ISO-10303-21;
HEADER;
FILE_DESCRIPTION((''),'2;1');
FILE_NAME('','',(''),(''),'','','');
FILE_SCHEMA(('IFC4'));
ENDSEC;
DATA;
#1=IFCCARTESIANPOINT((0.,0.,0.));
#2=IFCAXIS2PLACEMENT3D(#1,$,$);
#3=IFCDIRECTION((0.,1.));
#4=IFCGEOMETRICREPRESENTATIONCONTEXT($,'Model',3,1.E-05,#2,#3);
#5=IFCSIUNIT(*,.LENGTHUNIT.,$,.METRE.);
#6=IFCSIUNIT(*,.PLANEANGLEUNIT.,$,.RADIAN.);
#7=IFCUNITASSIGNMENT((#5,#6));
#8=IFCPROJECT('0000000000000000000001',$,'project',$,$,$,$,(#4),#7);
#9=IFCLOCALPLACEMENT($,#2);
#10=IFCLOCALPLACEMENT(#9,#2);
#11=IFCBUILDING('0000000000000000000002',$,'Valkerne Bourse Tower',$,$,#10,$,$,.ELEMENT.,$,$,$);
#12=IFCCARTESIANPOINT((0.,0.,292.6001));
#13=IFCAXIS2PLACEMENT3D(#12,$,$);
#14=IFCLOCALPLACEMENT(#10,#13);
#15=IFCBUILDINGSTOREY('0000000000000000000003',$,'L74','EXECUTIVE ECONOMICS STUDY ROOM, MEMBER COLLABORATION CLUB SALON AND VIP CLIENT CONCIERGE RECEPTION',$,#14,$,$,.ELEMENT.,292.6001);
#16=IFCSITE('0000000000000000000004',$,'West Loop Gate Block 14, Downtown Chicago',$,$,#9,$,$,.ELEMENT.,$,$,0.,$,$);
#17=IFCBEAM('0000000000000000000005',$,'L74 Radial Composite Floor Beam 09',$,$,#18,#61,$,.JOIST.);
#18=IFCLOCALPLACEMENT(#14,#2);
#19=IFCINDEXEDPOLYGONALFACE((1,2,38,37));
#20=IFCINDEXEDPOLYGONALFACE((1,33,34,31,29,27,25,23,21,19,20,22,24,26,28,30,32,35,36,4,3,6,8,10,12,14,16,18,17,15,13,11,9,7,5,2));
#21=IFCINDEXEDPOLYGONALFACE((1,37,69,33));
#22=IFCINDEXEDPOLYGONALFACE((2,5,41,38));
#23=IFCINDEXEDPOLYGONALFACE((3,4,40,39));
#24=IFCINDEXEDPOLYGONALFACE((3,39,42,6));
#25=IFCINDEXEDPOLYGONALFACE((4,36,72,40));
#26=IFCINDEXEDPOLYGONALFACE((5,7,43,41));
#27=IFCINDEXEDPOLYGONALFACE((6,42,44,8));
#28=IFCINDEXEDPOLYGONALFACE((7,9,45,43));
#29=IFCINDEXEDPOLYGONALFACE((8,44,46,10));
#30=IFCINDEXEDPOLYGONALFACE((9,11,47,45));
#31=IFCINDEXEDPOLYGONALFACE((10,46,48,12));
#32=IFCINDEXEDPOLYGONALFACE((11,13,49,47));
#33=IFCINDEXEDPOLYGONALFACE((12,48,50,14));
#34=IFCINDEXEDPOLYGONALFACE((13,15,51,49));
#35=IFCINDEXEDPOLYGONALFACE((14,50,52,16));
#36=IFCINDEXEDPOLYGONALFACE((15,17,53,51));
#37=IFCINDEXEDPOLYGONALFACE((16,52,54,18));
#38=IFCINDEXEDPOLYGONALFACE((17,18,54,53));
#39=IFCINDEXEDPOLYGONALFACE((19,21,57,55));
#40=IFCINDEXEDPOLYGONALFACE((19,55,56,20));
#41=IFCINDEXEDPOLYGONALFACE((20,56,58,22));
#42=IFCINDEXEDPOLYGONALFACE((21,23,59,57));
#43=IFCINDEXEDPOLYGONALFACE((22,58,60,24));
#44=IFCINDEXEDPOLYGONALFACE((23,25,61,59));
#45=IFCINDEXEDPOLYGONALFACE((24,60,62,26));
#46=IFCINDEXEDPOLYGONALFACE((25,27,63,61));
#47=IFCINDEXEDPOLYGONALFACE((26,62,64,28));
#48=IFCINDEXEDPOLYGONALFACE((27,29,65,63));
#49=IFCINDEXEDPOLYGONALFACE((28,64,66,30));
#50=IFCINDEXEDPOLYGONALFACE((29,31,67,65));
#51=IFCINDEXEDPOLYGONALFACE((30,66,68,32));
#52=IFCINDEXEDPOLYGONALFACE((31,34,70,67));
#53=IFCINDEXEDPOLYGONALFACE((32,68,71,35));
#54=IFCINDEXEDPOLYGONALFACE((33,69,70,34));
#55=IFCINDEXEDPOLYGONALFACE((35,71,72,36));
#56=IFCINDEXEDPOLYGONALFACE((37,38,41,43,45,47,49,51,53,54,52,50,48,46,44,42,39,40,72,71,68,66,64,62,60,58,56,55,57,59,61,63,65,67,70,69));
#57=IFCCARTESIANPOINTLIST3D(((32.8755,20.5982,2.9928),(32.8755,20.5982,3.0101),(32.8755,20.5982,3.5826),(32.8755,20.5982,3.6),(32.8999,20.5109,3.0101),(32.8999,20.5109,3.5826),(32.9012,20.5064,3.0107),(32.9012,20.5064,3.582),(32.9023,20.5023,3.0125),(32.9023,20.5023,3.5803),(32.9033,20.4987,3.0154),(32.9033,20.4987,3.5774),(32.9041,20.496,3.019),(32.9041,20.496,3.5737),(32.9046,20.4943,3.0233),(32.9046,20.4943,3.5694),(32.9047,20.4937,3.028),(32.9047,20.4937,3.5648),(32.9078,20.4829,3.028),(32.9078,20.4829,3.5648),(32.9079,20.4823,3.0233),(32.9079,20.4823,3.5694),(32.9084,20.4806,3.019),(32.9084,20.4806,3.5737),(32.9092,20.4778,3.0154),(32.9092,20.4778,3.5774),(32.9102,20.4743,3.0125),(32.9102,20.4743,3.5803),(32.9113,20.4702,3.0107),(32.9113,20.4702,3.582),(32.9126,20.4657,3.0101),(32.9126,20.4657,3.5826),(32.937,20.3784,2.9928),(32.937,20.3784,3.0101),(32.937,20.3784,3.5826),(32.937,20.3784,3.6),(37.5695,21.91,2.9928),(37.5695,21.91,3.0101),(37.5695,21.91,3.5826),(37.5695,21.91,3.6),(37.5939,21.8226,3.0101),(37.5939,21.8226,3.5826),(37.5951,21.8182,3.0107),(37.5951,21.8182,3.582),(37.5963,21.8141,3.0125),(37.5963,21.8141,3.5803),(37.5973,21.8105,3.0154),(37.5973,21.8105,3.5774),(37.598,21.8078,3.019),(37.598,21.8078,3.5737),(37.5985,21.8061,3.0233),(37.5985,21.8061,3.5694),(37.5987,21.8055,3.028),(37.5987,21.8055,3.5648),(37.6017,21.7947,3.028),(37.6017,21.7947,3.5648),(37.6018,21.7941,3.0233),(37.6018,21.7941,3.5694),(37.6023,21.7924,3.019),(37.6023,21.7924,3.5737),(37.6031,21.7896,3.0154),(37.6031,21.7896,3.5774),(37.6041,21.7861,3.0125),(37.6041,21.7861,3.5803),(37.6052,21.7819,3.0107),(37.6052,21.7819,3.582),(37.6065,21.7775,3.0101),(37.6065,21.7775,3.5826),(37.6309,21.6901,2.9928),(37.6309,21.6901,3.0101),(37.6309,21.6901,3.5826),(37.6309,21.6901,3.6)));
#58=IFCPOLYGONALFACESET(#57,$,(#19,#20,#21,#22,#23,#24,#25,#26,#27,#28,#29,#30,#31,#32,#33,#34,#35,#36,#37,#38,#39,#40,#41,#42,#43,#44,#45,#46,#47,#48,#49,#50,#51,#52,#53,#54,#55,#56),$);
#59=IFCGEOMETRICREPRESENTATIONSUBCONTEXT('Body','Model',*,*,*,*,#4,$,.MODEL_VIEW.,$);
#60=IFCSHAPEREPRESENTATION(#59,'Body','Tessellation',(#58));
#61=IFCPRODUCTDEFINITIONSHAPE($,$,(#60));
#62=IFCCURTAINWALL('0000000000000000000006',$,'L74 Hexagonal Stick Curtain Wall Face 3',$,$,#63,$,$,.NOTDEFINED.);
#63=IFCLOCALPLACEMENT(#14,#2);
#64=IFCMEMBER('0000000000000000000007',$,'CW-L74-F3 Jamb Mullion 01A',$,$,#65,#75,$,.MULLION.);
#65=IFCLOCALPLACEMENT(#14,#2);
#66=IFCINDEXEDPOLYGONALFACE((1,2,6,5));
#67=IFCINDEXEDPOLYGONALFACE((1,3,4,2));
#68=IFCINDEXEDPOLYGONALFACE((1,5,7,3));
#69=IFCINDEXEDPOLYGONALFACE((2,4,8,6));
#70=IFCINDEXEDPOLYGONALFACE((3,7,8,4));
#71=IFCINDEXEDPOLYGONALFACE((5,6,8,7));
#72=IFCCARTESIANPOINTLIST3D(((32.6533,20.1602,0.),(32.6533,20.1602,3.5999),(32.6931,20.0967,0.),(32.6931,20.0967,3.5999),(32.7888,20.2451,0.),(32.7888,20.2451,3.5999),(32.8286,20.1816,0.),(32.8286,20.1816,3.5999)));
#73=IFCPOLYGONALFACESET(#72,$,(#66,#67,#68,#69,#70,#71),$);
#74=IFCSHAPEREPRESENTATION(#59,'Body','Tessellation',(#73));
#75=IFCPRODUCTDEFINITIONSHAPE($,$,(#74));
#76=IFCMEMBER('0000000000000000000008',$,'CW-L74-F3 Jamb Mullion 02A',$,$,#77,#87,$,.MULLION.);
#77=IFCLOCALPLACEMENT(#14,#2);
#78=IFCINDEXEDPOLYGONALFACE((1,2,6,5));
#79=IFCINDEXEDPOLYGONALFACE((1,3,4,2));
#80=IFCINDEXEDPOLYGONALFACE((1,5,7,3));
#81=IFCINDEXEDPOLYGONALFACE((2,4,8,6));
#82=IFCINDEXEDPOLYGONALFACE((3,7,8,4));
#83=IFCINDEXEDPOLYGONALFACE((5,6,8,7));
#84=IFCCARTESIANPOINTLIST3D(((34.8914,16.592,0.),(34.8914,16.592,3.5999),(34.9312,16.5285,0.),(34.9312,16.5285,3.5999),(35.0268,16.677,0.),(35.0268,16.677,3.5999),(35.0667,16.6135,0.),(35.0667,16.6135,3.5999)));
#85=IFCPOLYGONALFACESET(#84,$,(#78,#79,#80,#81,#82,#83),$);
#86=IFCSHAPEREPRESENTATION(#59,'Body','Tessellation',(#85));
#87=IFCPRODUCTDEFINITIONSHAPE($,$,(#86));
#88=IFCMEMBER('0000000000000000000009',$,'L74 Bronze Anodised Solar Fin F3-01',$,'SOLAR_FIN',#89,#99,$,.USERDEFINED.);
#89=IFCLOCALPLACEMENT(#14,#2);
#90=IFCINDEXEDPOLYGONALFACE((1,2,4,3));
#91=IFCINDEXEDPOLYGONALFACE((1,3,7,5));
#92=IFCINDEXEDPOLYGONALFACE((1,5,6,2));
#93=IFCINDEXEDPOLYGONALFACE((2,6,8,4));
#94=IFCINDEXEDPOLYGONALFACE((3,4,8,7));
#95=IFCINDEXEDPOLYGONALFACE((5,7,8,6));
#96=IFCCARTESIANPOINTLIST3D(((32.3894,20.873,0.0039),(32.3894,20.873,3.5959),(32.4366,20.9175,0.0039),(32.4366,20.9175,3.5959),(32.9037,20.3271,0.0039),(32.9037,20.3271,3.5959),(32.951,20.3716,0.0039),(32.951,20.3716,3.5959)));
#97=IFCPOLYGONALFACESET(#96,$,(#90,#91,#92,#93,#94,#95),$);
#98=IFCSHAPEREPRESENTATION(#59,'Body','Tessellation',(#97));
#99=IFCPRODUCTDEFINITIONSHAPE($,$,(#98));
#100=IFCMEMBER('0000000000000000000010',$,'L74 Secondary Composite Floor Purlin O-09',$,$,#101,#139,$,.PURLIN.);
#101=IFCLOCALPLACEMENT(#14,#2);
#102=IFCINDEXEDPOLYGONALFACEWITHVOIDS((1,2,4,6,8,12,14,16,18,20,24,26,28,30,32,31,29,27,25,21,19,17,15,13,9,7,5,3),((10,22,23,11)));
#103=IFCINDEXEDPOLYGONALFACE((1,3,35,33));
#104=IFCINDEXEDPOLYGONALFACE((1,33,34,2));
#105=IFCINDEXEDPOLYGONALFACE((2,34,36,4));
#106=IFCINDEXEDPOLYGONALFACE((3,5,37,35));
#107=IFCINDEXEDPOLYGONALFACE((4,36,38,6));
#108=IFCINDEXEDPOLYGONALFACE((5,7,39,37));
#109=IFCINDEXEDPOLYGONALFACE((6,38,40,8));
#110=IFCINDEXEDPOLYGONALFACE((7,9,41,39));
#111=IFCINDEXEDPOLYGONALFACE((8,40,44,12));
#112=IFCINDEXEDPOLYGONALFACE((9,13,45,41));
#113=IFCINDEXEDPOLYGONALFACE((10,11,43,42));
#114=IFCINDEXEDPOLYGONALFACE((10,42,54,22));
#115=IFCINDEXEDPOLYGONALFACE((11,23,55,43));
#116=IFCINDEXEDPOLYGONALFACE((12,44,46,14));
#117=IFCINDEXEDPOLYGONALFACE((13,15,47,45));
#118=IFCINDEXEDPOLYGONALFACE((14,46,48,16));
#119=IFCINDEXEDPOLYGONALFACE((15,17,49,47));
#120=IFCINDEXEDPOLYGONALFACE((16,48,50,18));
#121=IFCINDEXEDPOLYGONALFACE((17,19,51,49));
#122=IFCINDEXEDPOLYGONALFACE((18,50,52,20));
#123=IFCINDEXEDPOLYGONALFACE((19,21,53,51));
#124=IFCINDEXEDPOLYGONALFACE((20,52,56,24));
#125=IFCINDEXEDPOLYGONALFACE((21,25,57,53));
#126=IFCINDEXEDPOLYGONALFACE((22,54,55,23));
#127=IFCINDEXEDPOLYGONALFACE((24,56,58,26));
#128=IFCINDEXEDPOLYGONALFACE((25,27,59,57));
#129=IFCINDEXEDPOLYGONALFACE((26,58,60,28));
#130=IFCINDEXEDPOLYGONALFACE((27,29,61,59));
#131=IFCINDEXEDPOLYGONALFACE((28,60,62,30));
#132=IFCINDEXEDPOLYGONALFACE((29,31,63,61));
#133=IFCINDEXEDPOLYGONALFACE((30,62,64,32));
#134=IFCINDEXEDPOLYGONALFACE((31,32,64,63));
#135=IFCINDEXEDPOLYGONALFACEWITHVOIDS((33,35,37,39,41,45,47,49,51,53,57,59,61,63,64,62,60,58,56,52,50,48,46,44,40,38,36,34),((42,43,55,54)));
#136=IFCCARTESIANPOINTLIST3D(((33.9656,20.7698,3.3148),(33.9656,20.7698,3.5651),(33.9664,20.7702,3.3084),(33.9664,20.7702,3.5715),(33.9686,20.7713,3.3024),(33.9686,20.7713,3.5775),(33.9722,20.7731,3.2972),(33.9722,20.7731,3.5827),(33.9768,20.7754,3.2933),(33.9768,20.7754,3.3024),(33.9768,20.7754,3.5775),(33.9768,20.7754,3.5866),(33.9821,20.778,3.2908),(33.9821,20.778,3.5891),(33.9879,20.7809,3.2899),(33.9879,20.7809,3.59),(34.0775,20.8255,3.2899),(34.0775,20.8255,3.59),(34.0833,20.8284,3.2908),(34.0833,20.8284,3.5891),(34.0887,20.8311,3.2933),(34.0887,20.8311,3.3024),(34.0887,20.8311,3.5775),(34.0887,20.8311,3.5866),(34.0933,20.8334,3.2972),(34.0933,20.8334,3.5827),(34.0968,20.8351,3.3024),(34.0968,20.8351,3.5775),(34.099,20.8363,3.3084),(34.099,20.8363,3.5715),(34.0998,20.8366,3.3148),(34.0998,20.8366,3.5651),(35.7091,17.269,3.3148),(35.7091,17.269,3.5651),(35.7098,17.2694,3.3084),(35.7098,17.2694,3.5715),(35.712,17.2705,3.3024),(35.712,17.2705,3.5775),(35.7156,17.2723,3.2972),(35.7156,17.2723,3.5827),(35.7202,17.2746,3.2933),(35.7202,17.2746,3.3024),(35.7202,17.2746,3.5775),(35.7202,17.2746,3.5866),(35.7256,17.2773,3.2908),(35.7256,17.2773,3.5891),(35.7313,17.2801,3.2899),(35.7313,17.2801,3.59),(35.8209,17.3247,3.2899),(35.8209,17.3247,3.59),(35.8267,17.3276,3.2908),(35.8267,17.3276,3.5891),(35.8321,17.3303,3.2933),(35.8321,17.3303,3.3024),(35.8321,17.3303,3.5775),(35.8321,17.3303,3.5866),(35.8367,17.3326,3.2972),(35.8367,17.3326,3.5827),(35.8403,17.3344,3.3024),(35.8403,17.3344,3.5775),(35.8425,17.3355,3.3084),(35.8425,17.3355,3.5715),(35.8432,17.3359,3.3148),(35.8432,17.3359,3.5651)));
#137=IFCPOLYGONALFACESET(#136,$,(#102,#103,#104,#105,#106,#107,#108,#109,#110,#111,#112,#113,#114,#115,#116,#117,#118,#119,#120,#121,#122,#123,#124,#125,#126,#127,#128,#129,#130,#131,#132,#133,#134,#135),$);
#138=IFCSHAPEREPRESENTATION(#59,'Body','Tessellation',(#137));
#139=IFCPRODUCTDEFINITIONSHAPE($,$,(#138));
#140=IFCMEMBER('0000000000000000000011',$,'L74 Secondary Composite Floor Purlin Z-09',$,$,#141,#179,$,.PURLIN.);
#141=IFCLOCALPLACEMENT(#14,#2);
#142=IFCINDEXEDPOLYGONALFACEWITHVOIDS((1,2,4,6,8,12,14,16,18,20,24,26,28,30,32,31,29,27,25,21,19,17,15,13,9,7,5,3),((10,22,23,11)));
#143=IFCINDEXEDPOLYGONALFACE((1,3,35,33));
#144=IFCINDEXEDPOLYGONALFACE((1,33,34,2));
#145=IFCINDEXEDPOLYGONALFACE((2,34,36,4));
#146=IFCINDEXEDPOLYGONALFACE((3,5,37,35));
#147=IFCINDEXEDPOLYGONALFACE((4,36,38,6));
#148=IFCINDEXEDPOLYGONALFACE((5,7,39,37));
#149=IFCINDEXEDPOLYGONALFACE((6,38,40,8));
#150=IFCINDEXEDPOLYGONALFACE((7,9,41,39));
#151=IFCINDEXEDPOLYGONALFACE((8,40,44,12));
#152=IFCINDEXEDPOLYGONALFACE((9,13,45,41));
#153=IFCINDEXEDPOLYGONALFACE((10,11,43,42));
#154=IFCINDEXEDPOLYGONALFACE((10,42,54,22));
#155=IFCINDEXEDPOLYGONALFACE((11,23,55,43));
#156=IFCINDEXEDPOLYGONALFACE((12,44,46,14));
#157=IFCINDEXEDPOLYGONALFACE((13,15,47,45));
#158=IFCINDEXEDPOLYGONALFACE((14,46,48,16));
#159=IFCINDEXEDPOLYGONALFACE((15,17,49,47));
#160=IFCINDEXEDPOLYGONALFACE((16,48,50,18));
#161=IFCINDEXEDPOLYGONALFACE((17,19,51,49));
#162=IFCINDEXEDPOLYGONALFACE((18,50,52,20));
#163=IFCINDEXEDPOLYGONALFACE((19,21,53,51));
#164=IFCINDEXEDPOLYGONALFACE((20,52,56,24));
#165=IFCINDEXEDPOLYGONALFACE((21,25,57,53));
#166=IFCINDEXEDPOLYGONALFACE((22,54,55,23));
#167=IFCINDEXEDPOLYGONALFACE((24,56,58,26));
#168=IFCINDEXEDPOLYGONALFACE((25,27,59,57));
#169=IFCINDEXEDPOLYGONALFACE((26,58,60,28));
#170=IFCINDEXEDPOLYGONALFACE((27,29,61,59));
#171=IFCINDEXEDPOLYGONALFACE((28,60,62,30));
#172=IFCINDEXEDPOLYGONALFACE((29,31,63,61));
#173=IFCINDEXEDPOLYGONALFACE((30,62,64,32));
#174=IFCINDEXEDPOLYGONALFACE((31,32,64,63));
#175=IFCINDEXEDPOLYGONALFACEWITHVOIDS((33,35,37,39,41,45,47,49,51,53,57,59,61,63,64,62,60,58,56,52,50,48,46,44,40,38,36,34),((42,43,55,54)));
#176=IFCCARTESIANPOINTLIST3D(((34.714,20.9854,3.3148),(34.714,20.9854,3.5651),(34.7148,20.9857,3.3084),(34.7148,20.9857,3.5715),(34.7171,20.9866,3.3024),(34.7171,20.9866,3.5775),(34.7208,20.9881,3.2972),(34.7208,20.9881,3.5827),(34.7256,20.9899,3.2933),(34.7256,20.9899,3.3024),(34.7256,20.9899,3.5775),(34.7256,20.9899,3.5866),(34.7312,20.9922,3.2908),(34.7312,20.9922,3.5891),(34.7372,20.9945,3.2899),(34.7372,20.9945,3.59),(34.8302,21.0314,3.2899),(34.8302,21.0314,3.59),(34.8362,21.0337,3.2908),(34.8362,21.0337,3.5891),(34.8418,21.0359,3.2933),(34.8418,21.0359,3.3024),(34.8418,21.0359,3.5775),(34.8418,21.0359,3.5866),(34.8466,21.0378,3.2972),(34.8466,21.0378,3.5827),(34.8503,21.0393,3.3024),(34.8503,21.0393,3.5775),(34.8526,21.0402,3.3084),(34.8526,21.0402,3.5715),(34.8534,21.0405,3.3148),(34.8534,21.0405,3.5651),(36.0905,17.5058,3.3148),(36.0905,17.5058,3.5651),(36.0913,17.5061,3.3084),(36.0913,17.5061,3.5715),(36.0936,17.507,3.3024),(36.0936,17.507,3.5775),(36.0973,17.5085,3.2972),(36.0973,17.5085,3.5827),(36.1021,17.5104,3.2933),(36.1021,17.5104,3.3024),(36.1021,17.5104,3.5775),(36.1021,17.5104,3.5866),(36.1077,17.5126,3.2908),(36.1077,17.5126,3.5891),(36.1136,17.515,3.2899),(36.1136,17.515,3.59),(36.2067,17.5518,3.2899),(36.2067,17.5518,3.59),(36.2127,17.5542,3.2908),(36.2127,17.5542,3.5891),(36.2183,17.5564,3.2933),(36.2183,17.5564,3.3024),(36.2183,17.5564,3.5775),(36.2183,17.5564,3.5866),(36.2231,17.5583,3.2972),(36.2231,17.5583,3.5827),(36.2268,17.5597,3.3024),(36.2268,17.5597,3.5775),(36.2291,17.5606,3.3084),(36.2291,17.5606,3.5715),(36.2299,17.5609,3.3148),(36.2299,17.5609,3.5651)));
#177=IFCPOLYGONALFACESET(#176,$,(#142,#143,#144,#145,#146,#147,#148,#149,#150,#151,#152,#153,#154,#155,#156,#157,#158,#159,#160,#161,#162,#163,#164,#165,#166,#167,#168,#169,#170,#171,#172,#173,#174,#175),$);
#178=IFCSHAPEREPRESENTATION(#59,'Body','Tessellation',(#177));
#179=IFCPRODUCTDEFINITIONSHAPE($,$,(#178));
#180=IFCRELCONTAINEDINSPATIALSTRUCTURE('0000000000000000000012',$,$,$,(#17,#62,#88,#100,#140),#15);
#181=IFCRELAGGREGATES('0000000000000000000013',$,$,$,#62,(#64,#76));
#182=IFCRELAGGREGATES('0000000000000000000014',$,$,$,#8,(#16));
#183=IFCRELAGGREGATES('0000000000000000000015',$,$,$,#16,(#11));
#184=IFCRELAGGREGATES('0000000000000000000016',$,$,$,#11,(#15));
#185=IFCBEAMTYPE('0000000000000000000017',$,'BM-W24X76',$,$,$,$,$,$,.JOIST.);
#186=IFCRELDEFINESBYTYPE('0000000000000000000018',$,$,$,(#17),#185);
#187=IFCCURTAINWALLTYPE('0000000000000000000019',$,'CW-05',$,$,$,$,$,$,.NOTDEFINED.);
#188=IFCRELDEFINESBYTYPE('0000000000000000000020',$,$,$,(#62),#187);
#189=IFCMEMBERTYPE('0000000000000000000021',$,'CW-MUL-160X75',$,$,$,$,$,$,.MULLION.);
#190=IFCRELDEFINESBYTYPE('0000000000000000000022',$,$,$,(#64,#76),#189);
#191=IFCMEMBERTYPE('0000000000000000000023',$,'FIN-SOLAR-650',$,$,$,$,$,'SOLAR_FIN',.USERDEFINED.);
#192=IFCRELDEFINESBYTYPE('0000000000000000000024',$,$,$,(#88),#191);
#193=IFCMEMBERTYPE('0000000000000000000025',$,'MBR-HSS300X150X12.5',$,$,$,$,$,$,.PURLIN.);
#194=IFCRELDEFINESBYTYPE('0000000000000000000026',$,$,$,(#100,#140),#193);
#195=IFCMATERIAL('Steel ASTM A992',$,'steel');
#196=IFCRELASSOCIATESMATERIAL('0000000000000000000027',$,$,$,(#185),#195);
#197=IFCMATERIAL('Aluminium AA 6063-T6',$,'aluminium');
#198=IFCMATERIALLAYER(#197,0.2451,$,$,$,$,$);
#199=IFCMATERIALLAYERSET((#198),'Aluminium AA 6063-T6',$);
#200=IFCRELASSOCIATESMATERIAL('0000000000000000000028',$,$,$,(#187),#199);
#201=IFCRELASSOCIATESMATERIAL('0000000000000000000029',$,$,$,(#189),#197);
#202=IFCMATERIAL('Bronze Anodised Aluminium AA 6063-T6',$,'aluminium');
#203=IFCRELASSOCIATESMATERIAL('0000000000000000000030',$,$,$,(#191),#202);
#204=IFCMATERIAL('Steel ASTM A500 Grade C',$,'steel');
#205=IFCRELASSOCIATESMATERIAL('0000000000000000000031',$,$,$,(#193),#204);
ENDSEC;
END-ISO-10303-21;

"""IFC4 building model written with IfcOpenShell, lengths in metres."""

from ifc_helpers import new_model, si_unit, direction, frame, origin, origin_2d, place, context, subcontext, project, spatial, rectangle, hollow_rectangle, i_section, extrude, material, layer, layer_set, material_profile, profile_set, type_object, element, aggregate, save


model = new_model("IFC4")

# Units and contexts
model_context = context("Model", 3, precision=1e-05, world=origin(), true_north=direction((0.0, 1.0)))
body_context = subcontext(model_context, "Body", "Model", "MODEL_VIEW")
ifc_project = project(units=[si_unit("LENGTHUNIT", "METRE"), si_unit("PLANEANGLEUNIT", "RADIAN")], contexts=[model_context])

# Site, building, storey
site_placement = place(None, origin())
site = spatial("IfcSite", under=ifc_project, at=site_placement, Name="West Loop Gate Block 14, Downtown Chicago", CompositionType="ELEMENT", RefElevation=0.0)
building_placement = place(site_placement, origin())
building = spatial("IfcBuilding", under=site, at=building_placement, Name="Valkerne Bourse Tower", CompositionType="ELEMENT")
storey_placement = place(building_placement, frame((0.0, 0.0, 292.6001)))
storey = spatial("IfcBuildingStorey", under=building, at=storey_placement, Name="L74", Description="EXECUTIVE ECONOMICS STUDY ROOM, MEMBER COLLABORATION CLUB SALON AND VIP CLIENT CONCIERGE RECEPTION", CompositionType="ELEMENT", Elevation=292.6001)

# Beam
ifc_material_1 = material(Name="Steel ASTM A992", Category="steel")
ifc_material_profile_1 = material_profile(ifc_material_1, i_section(OverallWidth=0.2283, OverallDepth=0.6072, WebThickness=0.0112, FlangeThickness=0.0173, FilletRadius=0.0178, at=origin_2d()), Name="W24X76")
ifc_profile_set_1 = profile_set([ifc_material_profile_1], Name="Steel ASTM A992")
beam_type_1 = type_object("IfcBeamType", Name="BM-W24X76", PredefinedType="JOIST", material=ifc_profile_set_1)
beam_1_placement = place(storey_placement, frame((32.9062, 20.4883, 3.2964), z_axis=(0.963098, 0.269152, 0.0), x_axis=(-0.269152, 0.963098, 0.0)))
element("IfcBeam", 1, at=beam_1_placement, inside=storey, type_object=beam_type_1, Name="L74 Radial Composite Floor Beam 09", PredefinedType="JOIST", context=body_context, shape_type="SweptSolid", body=[
    extrude(i_section(OverallWidth=0.2283, OverallDepth=0.6072, WebThickness=0.0112, FlangeThickness=0.0173, FilletRadius=0.0178, at=origin_2d()), origin(), (0.0, 0.0, 1.0), 4.8738),
])

# Curtain wall, members
ifc_material_2 = material(Name="Aluminium AA 6063-T6", Category="aluminium")
ifc_layer_1 = layer(ifc_material_2, 0.2451)
ifc_layer_set_1 = layer_set([ifc_layer_1], Name="Aluminium AA 6063-T6")
curtain_wall_type = type_object("IfcCurtainWallType", Name="CW-05", PredefinedType="NOTDEFINED", material=ifc_layer_set_1)
curtain_wall_placement = place(storey_placement, origin())
curtain_wall = element("IfcCurtainWall", 2, at=curtain_wall_placement, inside=storey, type_object=curtain_wall_type, Name="L74 Hexagonal Stick Curtain Wall Face 3", PredefinedType="NOTDEFINED")
ifc_material_profile_2 = material_profile(ifc_material_2, rectangle(XDim=0.075, YDim=0.1599, at=origin_2d()), Name="CWM-75X160")
ifc_profile_set_2 = profile_set([ifc_material_profile_2], Name="Aluminium AA 6063-T6")
member_type_1 = type_object("IfcMemberType", Name="CW-MUL-160X75", PredefinedType="MULLION", material=ifc_profile_set_2)
member_1_placement = place(storey_placement, frame((32.741, 20.1709, 0.0), z_axis=(0.0, 0.0, 1.0), x_axis=(0.531398, -0.847122, 0.0)))
member_1 = element("IfcMember", 3, at=member_1_placement, type_object=member_type_1, Name="CW-L74-F3 Jamb Mullion 01A", PredefinedType="MULLION", context=body_context, shape_type="SweptSolid", body=[
    extrude(rectangle(XDim=0.075, YDim=0.1599, at=origin_2d()), origin(), (0.0, 0.0, 1.0), 3.5999),
])
member_2_placement = place(storey_placement, frame((34.979, 16.6028, 0.0), z_axis=(0.0, 0.0, 1.0), x_axis=(0.531405, -0.847118, 0.0)))
member_2 = element("IfcMember", 4, at=member_2_placement, type_object=member_type_1, Name="CW-L74-F3 Jamb Mullion 02A", PredefinedType="MULLION", context=body_context, shape_type="SweptSolid", body=[
    extrude(rectangle(XDim=0.075, YDim=0.1599, at=origin_2d()), origin(), (0.0, 0.0, 1.0), 3.5999),
])

# Members
ifc_material_3 = material(Name="Bronze Anodised Aluminium AA 6063-T6", Category="aluminium")
ifc_material_profile_3 = material_profile(ifc_material_3, rectangle(XDim=0.0649, YDim=0.75, at=origin_2d()), Name="FIN-65X750")
ifc_profile_set_3 = profile_set([ifc_material_profile_3], Name="Bronze Anodised Aluminium AA 6063-T6")
member_type_2 = type_object("IfcMemberType", Name="FIN-SOLAR-650", ElementType="SOLAR_FIN", PredefinedType="USERDEFINED", material=ifc_profile_set_3)
member_3_placement = place(storey_placement, frame((32.6702, 20.6223, 0.0039), z_axis=(0.0, 0.0, 1.0), x_axis=(-0.727826, -0.685762, 0.0)))
element("IfcMember", 5, at=member_3_placement, inside=storey, type_object=member_type_2, Name="L74 Bronze Anodised Solar Fin F3-01", ObjectType="SOLAR_FIN", PredefinedType="USERDEFINED", context=body_context, shape_type="SweptSolid", body=[
    extrude(rectangle(XDim=0.0649, YDim=0.75, at=origin_2d()), origin(), (0.0, 0.0, 1.0), 3.592),
])
ifc_material_4 = material(Name="Steel ASTM A500 Grade C", Category="steel")
ifc_material_profile_4 = material_profile(ifc_material_4, hollow_rectangle(XDim=0.1499, YDim=0.3, WallThickness=0.0125, OuterFilletRadius=0.0249, at=origin_2d()), Name="HSS300X150X12.5")
ifc_profile_set_4 = profile_set([ifc_material_profile_4], Name="Steel ASTM A500 Grade C")
member_type_3 = type_object("IfcMemberType", Name="MBR-HSS300X150X12.5", PredefinedType="PURLIN", material=ifc_profile_set_4)
member_4_placement = place(storey_placement, frame((34.0327, 20.8032, 3.4399), z_axis=(0.44579, -0.895138, 0.0), x_axis=(0.895138, 0.44579, 0.0)))
element("IfcMember", 6, at=member_4_placement, inside=storey, type_object=member_type_3, Name="L74 Secondary Composite Floor Purlin O-09", PredefinedType="PURLIN", context=body_context, shape_type="SweptSolid", body=[
    extrude(hollow_rectangle(XDim=0.1499, YDim=0.3, WallThickness=0.0125, OuterFilletRadius=0.0249, at=origin_2d()), origin(), (0.0, 0.0, 1.0), 3.9109),
])
member_5_placement = place(storey_placement, frame((34.7837, 21.0129, 3.4399), z_axis=(0.367856, -0.929883, 0.0), x_axis=(0.929883, 0.367856, 0.0)))
element("IfcMember", 7, at=member_5_placement, inside=storey, type_object=member_type_3, Name="L74 Secondary Composite Floor Purlin Z-09", PredefinedType="PURLIN", context=body_context, shape_type="SweptSolid", body=[
    extrude(hollow_rectangle(XDim=0.1499, YDim=0.3, WallThickness=0.0125, OuterFilletRadius=0.0249, at=origin_2d()), origin(), (0.0, 0.0, 1.0), 3.7419),
])

aggregate(curtain_wall, [member_1, member_2])

save(model, "model.ifc")
